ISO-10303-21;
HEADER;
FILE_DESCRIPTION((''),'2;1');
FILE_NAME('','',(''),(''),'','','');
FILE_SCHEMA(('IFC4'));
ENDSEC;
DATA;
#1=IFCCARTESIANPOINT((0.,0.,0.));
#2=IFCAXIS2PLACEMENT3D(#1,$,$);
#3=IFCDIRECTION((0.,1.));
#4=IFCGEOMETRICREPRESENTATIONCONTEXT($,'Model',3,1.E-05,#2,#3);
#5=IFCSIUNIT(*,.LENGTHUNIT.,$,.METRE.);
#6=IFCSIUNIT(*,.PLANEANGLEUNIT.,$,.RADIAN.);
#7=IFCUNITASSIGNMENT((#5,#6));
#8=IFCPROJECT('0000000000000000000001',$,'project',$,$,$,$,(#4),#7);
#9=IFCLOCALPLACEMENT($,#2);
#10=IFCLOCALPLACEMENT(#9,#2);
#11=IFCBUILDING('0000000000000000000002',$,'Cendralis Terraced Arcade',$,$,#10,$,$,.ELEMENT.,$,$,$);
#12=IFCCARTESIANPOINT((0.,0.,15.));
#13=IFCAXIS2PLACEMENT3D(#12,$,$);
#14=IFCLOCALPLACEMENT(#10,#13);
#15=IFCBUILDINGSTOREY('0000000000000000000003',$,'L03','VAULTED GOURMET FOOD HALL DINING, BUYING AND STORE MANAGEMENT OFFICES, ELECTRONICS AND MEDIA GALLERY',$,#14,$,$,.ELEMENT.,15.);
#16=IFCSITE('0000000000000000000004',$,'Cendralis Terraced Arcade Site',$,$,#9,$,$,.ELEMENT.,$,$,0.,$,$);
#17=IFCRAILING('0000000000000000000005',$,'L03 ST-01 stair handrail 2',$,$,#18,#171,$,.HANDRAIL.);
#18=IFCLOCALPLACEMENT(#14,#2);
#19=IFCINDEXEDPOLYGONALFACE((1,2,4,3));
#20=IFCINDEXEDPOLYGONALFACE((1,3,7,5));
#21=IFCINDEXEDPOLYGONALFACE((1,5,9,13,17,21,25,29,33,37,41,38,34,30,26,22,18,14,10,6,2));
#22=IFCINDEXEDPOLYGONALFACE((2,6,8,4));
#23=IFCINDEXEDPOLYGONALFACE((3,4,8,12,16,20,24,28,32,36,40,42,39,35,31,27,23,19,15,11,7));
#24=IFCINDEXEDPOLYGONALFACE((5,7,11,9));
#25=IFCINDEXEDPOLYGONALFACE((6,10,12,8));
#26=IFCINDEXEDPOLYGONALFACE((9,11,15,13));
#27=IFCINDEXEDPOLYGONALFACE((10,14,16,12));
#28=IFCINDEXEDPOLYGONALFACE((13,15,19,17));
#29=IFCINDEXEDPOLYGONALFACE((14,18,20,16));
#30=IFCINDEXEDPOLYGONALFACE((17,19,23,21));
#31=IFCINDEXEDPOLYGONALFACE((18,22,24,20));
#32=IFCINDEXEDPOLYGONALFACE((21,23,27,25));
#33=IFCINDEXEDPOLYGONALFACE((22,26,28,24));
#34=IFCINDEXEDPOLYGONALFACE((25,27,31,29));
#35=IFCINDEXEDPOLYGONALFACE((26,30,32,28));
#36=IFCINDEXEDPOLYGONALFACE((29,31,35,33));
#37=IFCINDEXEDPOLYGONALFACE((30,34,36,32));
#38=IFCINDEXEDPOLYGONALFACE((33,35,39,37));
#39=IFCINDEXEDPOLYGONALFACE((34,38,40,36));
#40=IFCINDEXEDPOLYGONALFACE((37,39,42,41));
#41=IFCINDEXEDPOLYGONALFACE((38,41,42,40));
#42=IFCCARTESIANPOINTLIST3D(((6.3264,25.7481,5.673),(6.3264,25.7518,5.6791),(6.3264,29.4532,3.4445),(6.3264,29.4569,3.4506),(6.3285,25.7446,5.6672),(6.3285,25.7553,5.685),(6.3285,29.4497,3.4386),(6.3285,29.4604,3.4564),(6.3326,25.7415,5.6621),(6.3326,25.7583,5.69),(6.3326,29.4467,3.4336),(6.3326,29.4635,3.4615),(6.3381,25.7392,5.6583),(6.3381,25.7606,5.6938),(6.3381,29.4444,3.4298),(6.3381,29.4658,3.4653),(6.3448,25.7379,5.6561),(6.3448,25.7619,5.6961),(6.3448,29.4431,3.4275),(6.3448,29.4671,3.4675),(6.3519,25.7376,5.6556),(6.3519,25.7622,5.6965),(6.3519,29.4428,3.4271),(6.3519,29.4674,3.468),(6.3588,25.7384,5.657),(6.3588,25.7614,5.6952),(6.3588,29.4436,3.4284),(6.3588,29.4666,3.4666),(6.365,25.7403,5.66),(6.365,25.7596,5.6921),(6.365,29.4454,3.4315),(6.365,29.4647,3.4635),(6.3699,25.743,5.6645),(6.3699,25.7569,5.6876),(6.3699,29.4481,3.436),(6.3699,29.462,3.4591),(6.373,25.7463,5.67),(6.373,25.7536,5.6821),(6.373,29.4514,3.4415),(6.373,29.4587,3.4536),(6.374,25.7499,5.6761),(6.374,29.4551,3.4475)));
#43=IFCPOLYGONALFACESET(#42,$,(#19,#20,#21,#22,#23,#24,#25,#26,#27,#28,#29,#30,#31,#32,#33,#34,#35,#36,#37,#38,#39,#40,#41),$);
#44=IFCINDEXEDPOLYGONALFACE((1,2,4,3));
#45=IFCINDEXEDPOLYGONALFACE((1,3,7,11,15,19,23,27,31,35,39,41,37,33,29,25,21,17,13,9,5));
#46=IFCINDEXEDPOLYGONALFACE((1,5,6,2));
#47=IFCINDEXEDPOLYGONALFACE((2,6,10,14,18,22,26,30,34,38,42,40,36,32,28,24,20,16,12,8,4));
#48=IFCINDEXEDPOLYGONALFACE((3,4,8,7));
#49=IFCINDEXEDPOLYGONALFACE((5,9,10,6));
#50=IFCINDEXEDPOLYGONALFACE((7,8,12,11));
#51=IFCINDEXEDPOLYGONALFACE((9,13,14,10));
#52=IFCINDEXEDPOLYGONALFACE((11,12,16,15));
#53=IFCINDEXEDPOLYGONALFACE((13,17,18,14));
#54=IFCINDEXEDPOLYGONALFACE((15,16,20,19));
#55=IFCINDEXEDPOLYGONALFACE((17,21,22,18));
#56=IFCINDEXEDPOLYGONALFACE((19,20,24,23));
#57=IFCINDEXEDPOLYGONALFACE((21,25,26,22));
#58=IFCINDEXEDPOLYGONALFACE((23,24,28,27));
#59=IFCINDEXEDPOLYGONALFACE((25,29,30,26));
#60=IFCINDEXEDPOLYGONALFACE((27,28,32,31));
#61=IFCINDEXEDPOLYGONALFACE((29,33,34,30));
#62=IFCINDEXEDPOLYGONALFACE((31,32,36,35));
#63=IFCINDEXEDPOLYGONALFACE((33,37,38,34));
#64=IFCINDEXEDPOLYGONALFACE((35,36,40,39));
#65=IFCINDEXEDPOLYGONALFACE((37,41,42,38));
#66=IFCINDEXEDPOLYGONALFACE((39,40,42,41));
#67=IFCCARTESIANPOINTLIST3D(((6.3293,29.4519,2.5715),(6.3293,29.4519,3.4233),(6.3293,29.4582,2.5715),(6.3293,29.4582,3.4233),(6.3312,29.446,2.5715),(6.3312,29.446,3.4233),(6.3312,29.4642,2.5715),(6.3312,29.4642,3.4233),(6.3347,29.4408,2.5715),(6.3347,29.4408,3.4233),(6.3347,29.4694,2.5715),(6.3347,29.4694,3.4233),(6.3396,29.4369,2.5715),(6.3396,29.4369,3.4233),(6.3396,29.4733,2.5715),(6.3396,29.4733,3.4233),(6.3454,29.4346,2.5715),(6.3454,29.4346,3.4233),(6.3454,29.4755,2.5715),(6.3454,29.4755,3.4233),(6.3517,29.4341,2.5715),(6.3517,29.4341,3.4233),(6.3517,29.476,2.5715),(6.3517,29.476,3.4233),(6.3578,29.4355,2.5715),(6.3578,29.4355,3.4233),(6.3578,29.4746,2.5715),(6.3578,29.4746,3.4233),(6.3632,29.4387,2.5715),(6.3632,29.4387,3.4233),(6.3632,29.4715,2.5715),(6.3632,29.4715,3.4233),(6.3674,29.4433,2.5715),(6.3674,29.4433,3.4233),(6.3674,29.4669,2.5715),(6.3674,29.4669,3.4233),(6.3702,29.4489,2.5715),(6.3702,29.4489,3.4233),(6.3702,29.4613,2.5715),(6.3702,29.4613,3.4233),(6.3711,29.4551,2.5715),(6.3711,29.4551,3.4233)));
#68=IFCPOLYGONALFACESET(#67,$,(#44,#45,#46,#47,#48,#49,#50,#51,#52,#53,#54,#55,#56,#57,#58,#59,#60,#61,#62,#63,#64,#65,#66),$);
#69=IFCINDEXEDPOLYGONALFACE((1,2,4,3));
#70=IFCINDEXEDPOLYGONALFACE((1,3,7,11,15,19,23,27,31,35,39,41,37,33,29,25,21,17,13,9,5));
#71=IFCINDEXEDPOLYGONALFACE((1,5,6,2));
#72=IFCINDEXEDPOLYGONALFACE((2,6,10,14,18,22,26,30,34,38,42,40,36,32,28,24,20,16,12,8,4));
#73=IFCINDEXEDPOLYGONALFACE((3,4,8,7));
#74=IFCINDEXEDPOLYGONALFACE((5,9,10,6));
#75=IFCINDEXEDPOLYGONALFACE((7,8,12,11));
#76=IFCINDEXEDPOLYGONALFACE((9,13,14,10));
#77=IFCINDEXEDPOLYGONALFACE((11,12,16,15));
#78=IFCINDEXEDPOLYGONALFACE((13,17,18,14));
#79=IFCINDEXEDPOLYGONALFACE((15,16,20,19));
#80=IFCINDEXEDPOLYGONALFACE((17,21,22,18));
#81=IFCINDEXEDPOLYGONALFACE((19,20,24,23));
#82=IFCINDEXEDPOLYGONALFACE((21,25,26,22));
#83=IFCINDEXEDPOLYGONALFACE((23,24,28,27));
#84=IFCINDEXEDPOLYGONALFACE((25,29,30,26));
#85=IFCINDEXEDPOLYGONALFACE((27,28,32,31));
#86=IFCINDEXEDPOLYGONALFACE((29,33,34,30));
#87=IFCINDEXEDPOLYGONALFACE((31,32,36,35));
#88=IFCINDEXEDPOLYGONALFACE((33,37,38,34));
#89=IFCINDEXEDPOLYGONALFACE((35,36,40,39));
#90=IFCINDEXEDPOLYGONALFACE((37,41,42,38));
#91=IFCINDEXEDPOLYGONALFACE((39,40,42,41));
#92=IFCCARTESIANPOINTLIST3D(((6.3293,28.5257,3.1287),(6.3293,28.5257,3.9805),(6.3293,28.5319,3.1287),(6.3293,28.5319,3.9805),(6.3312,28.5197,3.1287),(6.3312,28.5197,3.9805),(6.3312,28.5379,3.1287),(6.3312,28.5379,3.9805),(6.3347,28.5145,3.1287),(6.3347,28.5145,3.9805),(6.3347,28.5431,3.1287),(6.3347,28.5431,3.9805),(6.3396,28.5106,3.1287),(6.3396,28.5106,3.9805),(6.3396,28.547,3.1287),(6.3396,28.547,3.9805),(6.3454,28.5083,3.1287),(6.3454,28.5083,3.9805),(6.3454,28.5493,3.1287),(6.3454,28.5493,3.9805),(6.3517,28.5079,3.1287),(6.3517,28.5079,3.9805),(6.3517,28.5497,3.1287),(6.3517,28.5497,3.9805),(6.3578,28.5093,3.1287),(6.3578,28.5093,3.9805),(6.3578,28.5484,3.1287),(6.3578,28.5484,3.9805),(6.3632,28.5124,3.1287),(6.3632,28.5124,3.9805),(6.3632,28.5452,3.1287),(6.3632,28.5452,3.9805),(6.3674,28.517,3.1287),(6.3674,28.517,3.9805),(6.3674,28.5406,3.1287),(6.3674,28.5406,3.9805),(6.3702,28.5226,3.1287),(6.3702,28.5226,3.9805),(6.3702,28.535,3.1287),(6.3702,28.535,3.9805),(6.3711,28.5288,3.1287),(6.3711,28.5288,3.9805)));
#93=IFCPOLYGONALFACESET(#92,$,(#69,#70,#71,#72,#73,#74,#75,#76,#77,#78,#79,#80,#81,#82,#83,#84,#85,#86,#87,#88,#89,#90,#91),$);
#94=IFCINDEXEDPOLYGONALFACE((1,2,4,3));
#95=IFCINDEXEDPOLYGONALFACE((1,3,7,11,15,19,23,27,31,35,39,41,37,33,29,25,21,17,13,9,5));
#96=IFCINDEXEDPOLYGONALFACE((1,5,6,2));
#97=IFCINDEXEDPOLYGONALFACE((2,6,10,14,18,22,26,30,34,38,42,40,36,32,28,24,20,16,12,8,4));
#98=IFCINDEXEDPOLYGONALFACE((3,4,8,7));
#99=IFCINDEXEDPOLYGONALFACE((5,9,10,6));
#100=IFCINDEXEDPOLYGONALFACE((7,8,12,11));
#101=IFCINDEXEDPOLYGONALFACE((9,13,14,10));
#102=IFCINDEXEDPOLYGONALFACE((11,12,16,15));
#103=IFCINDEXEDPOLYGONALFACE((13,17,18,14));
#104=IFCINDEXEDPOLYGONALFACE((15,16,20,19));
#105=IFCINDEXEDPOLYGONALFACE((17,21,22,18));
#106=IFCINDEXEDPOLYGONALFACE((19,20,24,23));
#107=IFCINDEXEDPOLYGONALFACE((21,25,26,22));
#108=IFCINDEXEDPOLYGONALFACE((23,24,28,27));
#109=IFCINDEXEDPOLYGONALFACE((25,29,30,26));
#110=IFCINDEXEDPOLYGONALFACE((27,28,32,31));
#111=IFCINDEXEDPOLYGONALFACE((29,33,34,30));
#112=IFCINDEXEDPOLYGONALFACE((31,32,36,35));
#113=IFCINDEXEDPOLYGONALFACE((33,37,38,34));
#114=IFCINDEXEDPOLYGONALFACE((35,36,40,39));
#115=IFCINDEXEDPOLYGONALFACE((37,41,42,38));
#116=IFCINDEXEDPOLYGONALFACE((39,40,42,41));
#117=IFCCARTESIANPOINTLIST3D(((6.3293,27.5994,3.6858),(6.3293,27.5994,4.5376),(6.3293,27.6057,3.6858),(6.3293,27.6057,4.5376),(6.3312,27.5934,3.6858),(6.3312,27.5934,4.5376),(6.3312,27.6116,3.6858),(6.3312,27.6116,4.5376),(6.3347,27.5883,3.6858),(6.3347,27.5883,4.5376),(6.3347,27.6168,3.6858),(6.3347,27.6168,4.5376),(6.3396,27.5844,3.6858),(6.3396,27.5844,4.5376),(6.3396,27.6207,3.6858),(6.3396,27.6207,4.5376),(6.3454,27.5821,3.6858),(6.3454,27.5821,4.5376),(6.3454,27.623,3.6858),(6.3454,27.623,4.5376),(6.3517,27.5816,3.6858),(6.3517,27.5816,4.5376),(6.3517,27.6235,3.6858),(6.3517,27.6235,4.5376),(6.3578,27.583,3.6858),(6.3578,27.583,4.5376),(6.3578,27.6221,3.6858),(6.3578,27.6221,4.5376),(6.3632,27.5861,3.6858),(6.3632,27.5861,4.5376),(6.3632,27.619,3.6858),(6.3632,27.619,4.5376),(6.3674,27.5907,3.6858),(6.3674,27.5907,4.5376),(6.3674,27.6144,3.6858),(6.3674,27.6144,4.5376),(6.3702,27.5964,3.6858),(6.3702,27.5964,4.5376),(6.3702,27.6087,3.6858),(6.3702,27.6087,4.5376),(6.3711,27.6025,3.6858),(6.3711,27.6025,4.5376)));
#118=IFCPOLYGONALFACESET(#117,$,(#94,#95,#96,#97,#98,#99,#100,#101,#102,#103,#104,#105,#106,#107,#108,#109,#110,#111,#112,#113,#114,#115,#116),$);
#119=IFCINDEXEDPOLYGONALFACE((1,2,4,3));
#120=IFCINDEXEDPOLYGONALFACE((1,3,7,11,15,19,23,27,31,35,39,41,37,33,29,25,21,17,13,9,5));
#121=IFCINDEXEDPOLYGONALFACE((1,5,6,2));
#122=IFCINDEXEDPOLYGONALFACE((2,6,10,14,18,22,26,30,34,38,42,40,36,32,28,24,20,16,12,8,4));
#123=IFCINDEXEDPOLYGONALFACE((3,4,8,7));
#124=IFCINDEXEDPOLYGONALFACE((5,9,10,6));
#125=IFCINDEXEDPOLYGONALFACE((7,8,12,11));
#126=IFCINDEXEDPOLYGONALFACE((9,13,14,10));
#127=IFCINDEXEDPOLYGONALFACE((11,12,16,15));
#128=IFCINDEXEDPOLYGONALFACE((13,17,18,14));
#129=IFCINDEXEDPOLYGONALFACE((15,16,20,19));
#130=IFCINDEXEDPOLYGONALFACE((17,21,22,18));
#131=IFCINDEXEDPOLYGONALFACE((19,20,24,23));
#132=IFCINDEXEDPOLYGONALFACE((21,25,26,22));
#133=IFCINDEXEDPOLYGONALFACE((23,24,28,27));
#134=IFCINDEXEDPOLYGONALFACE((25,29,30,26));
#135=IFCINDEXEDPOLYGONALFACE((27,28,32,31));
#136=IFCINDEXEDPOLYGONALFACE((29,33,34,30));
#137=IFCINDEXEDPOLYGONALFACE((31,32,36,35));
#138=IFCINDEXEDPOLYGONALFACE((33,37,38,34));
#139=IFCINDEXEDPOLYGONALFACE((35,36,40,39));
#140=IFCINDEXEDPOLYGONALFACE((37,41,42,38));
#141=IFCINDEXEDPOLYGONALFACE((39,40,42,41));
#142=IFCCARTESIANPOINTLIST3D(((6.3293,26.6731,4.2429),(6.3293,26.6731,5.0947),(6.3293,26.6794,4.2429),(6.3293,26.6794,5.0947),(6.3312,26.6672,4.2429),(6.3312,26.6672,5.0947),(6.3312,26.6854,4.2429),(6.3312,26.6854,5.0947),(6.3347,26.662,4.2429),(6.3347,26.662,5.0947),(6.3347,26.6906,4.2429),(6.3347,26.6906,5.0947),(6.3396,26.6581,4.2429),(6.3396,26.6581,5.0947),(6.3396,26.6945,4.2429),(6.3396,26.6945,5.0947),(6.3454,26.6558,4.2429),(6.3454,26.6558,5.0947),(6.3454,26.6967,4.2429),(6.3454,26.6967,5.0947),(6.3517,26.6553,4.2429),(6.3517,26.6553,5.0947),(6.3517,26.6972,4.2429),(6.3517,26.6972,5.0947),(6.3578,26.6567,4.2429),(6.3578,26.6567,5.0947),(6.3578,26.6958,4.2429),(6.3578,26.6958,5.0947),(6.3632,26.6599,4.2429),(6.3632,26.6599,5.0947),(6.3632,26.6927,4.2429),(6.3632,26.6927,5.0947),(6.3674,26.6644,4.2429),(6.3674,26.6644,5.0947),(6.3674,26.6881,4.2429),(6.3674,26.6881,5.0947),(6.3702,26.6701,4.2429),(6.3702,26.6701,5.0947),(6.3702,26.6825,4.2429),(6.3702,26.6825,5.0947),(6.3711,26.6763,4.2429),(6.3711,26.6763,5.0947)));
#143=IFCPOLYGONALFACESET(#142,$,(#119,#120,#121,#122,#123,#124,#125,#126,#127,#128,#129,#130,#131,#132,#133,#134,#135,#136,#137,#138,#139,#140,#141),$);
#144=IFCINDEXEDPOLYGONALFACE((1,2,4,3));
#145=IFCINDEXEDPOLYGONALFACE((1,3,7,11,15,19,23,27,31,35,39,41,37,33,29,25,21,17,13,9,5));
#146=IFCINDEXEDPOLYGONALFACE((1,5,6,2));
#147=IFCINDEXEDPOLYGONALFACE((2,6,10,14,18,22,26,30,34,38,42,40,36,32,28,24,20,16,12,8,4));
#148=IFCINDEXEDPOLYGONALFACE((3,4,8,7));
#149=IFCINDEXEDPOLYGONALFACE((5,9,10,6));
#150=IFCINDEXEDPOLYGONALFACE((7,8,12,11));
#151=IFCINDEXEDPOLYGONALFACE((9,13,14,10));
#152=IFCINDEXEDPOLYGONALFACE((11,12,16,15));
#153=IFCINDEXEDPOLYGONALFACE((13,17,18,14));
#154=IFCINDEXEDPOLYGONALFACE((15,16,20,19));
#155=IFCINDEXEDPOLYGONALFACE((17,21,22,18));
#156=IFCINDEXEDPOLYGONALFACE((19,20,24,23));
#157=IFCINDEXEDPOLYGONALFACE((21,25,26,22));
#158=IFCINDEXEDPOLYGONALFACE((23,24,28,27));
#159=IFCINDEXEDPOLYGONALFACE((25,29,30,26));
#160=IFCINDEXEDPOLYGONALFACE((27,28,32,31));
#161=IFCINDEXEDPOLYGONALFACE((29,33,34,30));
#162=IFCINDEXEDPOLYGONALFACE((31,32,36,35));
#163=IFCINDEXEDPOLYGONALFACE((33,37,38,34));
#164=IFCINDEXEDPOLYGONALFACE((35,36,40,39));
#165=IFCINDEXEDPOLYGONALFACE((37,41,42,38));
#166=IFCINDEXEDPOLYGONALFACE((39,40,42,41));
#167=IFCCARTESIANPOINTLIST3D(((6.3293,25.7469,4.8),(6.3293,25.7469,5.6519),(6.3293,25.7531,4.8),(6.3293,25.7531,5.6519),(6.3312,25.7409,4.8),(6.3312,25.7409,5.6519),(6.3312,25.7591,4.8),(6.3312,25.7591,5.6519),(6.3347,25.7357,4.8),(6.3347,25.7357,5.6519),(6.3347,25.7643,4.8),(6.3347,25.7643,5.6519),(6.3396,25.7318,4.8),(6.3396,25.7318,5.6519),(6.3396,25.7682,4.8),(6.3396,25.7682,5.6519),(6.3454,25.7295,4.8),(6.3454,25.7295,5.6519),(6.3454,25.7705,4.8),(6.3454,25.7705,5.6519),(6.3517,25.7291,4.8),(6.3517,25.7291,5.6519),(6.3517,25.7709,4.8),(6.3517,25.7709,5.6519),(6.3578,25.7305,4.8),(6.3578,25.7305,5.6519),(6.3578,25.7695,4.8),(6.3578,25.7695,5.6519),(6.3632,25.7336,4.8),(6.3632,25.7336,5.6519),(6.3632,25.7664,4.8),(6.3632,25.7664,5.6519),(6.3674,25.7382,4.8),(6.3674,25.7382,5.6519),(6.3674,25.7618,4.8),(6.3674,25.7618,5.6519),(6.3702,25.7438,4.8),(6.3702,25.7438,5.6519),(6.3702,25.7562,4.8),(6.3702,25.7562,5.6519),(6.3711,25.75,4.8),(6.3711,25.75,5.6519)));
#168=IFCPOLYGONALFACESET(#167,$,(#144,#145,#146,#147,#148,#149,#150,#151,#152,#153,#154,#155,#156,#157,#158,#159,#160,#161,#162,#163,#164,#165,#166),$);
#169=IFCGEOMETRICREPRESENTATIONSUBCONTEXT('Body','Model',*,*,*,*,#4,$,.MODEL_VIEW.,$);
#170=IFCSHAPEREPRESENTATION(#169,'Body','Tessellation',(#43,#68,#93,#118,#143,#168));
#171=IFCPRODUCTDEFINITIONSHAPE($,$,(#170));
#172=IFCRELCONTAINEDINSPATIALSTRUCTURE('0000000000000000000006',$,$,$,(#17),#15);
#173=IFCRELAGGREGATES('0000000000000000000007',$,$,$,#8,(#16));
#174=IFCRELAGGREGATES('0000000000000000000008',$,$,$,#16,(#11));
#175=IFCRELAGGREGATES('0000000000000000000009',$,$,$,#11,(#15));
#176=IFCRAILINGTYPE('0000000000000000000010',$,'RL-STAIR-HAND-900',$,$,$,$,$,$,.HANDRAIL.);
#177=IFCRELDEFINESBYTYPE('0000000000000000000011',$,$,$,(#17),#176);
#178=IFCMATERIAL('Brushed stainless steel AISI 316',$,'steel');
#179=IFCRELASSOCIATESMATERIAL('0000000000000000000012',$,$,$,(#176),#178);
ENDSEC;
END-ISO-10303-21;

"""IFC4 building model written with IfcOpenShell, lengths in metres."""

from ifc_helpers import new_model, si_unit, direction, frame, origin, origin_2d, place, context, subcontext, project, spatial, circle, extrude, material, type_object, element, save


model = new_model("IFC4")

# Units and contexts
model_context = context("Model", 3, precision=1e-05, world=origin(), true_north=direction((0.0, 1.0)))
body_context = subcontext(model_context, "Body", "Model", "MODEL_VIEW")
ifc_project = project(units=[si_unit("LENGTHUNIT", "METRE"), si_unit("PLANEANGLEUNIT", "RADIAN")], contexts=[model_context])

# Site, building, storey
site_placement = place(None, origin())
site = spatial("IfcSite", under=ifc_project, at=site_placement, Name="Cendralis Terraced Arcade Site", CompositionType="ELEMENT", RefElevation=0.0)
building_placement = place(site_placement, origin())
building = spatial("IfcBuilding", under=site, at=building_placement, Name="Cendralis Terraced Arcade", CompositionType="ELEMENT")
storey_placement = place(building_placement, frame((0.0, 0.0, 15.0)))
storey = spatial("IfcBuildingStorey", under=building, at=storey_placement, Name="L03", Description="VAULTED GOURMET FOOD HALL DINING, BUYING AND STORE MANAGEMENT OFFICES, ELECTRONICS AND MEDIA GALLERY", CompositionType="ELEMENT", Elevation=15.0)

# Railing
ifc_material_1 = material(Name="Brushed stainless steel AISI 316", Category="steel")
railing_type_1 = type_object("IfcRailingType", Name="RL-STAIR-HAND-900", PredefinedType="HANDRAIL", material=ifc_material_1)
railing_1_placement = place(storey_placement, frame((6.3501, 29.4551, 2.5715)))
element("IfcRailing", 1, at=railing_1_placement, inside=storey, type_object=railing_type_1, Name="L03 ST-01 stair handrail 2", PredefinedType="HANDRAIL", context=body_context, shape_type="SweptSolid", body=[
    extrude(circle(Radius=0.0239, at=origin_2d()), frame((0.0, 0.0, 0.876), z_axis=(0.0, -0.856934, 0.515425), x_axis=(1.0, 0.0, 0.0)), (0.0, 0.0, 1.0), 4.3237),
    extrude(circle(Radius=0.021, at=origin_2d()), origin(), (0.0, 0.0, 1.0), 0.8518),
    extrude(circle(Radius=0.021, at=origin_2d()), frame((0.0, -0.9263, 0.5571)), (0.0, 0.0, 1.0), 0.8518),
    extrude(circle(Radius=0.021, at=origin_2d()), frame((0.0, -1.8525, 1.1143)), (0.0, 0.0, 1.0), 0.8518),
    extrude(circle(Radius=0.021, at=origin_2d()), frame((0.0, -2.7788, 1.6714)), (0.0, 0.0, 1.0), 0.8518),
    extrude(circle(Radius=0.021, at=origin_2d()), frame((0.0, -3.7051, 2.2285)), (0.0, 0.0, 1.0), 0.8518),
])

save(model, "model.ifc")
